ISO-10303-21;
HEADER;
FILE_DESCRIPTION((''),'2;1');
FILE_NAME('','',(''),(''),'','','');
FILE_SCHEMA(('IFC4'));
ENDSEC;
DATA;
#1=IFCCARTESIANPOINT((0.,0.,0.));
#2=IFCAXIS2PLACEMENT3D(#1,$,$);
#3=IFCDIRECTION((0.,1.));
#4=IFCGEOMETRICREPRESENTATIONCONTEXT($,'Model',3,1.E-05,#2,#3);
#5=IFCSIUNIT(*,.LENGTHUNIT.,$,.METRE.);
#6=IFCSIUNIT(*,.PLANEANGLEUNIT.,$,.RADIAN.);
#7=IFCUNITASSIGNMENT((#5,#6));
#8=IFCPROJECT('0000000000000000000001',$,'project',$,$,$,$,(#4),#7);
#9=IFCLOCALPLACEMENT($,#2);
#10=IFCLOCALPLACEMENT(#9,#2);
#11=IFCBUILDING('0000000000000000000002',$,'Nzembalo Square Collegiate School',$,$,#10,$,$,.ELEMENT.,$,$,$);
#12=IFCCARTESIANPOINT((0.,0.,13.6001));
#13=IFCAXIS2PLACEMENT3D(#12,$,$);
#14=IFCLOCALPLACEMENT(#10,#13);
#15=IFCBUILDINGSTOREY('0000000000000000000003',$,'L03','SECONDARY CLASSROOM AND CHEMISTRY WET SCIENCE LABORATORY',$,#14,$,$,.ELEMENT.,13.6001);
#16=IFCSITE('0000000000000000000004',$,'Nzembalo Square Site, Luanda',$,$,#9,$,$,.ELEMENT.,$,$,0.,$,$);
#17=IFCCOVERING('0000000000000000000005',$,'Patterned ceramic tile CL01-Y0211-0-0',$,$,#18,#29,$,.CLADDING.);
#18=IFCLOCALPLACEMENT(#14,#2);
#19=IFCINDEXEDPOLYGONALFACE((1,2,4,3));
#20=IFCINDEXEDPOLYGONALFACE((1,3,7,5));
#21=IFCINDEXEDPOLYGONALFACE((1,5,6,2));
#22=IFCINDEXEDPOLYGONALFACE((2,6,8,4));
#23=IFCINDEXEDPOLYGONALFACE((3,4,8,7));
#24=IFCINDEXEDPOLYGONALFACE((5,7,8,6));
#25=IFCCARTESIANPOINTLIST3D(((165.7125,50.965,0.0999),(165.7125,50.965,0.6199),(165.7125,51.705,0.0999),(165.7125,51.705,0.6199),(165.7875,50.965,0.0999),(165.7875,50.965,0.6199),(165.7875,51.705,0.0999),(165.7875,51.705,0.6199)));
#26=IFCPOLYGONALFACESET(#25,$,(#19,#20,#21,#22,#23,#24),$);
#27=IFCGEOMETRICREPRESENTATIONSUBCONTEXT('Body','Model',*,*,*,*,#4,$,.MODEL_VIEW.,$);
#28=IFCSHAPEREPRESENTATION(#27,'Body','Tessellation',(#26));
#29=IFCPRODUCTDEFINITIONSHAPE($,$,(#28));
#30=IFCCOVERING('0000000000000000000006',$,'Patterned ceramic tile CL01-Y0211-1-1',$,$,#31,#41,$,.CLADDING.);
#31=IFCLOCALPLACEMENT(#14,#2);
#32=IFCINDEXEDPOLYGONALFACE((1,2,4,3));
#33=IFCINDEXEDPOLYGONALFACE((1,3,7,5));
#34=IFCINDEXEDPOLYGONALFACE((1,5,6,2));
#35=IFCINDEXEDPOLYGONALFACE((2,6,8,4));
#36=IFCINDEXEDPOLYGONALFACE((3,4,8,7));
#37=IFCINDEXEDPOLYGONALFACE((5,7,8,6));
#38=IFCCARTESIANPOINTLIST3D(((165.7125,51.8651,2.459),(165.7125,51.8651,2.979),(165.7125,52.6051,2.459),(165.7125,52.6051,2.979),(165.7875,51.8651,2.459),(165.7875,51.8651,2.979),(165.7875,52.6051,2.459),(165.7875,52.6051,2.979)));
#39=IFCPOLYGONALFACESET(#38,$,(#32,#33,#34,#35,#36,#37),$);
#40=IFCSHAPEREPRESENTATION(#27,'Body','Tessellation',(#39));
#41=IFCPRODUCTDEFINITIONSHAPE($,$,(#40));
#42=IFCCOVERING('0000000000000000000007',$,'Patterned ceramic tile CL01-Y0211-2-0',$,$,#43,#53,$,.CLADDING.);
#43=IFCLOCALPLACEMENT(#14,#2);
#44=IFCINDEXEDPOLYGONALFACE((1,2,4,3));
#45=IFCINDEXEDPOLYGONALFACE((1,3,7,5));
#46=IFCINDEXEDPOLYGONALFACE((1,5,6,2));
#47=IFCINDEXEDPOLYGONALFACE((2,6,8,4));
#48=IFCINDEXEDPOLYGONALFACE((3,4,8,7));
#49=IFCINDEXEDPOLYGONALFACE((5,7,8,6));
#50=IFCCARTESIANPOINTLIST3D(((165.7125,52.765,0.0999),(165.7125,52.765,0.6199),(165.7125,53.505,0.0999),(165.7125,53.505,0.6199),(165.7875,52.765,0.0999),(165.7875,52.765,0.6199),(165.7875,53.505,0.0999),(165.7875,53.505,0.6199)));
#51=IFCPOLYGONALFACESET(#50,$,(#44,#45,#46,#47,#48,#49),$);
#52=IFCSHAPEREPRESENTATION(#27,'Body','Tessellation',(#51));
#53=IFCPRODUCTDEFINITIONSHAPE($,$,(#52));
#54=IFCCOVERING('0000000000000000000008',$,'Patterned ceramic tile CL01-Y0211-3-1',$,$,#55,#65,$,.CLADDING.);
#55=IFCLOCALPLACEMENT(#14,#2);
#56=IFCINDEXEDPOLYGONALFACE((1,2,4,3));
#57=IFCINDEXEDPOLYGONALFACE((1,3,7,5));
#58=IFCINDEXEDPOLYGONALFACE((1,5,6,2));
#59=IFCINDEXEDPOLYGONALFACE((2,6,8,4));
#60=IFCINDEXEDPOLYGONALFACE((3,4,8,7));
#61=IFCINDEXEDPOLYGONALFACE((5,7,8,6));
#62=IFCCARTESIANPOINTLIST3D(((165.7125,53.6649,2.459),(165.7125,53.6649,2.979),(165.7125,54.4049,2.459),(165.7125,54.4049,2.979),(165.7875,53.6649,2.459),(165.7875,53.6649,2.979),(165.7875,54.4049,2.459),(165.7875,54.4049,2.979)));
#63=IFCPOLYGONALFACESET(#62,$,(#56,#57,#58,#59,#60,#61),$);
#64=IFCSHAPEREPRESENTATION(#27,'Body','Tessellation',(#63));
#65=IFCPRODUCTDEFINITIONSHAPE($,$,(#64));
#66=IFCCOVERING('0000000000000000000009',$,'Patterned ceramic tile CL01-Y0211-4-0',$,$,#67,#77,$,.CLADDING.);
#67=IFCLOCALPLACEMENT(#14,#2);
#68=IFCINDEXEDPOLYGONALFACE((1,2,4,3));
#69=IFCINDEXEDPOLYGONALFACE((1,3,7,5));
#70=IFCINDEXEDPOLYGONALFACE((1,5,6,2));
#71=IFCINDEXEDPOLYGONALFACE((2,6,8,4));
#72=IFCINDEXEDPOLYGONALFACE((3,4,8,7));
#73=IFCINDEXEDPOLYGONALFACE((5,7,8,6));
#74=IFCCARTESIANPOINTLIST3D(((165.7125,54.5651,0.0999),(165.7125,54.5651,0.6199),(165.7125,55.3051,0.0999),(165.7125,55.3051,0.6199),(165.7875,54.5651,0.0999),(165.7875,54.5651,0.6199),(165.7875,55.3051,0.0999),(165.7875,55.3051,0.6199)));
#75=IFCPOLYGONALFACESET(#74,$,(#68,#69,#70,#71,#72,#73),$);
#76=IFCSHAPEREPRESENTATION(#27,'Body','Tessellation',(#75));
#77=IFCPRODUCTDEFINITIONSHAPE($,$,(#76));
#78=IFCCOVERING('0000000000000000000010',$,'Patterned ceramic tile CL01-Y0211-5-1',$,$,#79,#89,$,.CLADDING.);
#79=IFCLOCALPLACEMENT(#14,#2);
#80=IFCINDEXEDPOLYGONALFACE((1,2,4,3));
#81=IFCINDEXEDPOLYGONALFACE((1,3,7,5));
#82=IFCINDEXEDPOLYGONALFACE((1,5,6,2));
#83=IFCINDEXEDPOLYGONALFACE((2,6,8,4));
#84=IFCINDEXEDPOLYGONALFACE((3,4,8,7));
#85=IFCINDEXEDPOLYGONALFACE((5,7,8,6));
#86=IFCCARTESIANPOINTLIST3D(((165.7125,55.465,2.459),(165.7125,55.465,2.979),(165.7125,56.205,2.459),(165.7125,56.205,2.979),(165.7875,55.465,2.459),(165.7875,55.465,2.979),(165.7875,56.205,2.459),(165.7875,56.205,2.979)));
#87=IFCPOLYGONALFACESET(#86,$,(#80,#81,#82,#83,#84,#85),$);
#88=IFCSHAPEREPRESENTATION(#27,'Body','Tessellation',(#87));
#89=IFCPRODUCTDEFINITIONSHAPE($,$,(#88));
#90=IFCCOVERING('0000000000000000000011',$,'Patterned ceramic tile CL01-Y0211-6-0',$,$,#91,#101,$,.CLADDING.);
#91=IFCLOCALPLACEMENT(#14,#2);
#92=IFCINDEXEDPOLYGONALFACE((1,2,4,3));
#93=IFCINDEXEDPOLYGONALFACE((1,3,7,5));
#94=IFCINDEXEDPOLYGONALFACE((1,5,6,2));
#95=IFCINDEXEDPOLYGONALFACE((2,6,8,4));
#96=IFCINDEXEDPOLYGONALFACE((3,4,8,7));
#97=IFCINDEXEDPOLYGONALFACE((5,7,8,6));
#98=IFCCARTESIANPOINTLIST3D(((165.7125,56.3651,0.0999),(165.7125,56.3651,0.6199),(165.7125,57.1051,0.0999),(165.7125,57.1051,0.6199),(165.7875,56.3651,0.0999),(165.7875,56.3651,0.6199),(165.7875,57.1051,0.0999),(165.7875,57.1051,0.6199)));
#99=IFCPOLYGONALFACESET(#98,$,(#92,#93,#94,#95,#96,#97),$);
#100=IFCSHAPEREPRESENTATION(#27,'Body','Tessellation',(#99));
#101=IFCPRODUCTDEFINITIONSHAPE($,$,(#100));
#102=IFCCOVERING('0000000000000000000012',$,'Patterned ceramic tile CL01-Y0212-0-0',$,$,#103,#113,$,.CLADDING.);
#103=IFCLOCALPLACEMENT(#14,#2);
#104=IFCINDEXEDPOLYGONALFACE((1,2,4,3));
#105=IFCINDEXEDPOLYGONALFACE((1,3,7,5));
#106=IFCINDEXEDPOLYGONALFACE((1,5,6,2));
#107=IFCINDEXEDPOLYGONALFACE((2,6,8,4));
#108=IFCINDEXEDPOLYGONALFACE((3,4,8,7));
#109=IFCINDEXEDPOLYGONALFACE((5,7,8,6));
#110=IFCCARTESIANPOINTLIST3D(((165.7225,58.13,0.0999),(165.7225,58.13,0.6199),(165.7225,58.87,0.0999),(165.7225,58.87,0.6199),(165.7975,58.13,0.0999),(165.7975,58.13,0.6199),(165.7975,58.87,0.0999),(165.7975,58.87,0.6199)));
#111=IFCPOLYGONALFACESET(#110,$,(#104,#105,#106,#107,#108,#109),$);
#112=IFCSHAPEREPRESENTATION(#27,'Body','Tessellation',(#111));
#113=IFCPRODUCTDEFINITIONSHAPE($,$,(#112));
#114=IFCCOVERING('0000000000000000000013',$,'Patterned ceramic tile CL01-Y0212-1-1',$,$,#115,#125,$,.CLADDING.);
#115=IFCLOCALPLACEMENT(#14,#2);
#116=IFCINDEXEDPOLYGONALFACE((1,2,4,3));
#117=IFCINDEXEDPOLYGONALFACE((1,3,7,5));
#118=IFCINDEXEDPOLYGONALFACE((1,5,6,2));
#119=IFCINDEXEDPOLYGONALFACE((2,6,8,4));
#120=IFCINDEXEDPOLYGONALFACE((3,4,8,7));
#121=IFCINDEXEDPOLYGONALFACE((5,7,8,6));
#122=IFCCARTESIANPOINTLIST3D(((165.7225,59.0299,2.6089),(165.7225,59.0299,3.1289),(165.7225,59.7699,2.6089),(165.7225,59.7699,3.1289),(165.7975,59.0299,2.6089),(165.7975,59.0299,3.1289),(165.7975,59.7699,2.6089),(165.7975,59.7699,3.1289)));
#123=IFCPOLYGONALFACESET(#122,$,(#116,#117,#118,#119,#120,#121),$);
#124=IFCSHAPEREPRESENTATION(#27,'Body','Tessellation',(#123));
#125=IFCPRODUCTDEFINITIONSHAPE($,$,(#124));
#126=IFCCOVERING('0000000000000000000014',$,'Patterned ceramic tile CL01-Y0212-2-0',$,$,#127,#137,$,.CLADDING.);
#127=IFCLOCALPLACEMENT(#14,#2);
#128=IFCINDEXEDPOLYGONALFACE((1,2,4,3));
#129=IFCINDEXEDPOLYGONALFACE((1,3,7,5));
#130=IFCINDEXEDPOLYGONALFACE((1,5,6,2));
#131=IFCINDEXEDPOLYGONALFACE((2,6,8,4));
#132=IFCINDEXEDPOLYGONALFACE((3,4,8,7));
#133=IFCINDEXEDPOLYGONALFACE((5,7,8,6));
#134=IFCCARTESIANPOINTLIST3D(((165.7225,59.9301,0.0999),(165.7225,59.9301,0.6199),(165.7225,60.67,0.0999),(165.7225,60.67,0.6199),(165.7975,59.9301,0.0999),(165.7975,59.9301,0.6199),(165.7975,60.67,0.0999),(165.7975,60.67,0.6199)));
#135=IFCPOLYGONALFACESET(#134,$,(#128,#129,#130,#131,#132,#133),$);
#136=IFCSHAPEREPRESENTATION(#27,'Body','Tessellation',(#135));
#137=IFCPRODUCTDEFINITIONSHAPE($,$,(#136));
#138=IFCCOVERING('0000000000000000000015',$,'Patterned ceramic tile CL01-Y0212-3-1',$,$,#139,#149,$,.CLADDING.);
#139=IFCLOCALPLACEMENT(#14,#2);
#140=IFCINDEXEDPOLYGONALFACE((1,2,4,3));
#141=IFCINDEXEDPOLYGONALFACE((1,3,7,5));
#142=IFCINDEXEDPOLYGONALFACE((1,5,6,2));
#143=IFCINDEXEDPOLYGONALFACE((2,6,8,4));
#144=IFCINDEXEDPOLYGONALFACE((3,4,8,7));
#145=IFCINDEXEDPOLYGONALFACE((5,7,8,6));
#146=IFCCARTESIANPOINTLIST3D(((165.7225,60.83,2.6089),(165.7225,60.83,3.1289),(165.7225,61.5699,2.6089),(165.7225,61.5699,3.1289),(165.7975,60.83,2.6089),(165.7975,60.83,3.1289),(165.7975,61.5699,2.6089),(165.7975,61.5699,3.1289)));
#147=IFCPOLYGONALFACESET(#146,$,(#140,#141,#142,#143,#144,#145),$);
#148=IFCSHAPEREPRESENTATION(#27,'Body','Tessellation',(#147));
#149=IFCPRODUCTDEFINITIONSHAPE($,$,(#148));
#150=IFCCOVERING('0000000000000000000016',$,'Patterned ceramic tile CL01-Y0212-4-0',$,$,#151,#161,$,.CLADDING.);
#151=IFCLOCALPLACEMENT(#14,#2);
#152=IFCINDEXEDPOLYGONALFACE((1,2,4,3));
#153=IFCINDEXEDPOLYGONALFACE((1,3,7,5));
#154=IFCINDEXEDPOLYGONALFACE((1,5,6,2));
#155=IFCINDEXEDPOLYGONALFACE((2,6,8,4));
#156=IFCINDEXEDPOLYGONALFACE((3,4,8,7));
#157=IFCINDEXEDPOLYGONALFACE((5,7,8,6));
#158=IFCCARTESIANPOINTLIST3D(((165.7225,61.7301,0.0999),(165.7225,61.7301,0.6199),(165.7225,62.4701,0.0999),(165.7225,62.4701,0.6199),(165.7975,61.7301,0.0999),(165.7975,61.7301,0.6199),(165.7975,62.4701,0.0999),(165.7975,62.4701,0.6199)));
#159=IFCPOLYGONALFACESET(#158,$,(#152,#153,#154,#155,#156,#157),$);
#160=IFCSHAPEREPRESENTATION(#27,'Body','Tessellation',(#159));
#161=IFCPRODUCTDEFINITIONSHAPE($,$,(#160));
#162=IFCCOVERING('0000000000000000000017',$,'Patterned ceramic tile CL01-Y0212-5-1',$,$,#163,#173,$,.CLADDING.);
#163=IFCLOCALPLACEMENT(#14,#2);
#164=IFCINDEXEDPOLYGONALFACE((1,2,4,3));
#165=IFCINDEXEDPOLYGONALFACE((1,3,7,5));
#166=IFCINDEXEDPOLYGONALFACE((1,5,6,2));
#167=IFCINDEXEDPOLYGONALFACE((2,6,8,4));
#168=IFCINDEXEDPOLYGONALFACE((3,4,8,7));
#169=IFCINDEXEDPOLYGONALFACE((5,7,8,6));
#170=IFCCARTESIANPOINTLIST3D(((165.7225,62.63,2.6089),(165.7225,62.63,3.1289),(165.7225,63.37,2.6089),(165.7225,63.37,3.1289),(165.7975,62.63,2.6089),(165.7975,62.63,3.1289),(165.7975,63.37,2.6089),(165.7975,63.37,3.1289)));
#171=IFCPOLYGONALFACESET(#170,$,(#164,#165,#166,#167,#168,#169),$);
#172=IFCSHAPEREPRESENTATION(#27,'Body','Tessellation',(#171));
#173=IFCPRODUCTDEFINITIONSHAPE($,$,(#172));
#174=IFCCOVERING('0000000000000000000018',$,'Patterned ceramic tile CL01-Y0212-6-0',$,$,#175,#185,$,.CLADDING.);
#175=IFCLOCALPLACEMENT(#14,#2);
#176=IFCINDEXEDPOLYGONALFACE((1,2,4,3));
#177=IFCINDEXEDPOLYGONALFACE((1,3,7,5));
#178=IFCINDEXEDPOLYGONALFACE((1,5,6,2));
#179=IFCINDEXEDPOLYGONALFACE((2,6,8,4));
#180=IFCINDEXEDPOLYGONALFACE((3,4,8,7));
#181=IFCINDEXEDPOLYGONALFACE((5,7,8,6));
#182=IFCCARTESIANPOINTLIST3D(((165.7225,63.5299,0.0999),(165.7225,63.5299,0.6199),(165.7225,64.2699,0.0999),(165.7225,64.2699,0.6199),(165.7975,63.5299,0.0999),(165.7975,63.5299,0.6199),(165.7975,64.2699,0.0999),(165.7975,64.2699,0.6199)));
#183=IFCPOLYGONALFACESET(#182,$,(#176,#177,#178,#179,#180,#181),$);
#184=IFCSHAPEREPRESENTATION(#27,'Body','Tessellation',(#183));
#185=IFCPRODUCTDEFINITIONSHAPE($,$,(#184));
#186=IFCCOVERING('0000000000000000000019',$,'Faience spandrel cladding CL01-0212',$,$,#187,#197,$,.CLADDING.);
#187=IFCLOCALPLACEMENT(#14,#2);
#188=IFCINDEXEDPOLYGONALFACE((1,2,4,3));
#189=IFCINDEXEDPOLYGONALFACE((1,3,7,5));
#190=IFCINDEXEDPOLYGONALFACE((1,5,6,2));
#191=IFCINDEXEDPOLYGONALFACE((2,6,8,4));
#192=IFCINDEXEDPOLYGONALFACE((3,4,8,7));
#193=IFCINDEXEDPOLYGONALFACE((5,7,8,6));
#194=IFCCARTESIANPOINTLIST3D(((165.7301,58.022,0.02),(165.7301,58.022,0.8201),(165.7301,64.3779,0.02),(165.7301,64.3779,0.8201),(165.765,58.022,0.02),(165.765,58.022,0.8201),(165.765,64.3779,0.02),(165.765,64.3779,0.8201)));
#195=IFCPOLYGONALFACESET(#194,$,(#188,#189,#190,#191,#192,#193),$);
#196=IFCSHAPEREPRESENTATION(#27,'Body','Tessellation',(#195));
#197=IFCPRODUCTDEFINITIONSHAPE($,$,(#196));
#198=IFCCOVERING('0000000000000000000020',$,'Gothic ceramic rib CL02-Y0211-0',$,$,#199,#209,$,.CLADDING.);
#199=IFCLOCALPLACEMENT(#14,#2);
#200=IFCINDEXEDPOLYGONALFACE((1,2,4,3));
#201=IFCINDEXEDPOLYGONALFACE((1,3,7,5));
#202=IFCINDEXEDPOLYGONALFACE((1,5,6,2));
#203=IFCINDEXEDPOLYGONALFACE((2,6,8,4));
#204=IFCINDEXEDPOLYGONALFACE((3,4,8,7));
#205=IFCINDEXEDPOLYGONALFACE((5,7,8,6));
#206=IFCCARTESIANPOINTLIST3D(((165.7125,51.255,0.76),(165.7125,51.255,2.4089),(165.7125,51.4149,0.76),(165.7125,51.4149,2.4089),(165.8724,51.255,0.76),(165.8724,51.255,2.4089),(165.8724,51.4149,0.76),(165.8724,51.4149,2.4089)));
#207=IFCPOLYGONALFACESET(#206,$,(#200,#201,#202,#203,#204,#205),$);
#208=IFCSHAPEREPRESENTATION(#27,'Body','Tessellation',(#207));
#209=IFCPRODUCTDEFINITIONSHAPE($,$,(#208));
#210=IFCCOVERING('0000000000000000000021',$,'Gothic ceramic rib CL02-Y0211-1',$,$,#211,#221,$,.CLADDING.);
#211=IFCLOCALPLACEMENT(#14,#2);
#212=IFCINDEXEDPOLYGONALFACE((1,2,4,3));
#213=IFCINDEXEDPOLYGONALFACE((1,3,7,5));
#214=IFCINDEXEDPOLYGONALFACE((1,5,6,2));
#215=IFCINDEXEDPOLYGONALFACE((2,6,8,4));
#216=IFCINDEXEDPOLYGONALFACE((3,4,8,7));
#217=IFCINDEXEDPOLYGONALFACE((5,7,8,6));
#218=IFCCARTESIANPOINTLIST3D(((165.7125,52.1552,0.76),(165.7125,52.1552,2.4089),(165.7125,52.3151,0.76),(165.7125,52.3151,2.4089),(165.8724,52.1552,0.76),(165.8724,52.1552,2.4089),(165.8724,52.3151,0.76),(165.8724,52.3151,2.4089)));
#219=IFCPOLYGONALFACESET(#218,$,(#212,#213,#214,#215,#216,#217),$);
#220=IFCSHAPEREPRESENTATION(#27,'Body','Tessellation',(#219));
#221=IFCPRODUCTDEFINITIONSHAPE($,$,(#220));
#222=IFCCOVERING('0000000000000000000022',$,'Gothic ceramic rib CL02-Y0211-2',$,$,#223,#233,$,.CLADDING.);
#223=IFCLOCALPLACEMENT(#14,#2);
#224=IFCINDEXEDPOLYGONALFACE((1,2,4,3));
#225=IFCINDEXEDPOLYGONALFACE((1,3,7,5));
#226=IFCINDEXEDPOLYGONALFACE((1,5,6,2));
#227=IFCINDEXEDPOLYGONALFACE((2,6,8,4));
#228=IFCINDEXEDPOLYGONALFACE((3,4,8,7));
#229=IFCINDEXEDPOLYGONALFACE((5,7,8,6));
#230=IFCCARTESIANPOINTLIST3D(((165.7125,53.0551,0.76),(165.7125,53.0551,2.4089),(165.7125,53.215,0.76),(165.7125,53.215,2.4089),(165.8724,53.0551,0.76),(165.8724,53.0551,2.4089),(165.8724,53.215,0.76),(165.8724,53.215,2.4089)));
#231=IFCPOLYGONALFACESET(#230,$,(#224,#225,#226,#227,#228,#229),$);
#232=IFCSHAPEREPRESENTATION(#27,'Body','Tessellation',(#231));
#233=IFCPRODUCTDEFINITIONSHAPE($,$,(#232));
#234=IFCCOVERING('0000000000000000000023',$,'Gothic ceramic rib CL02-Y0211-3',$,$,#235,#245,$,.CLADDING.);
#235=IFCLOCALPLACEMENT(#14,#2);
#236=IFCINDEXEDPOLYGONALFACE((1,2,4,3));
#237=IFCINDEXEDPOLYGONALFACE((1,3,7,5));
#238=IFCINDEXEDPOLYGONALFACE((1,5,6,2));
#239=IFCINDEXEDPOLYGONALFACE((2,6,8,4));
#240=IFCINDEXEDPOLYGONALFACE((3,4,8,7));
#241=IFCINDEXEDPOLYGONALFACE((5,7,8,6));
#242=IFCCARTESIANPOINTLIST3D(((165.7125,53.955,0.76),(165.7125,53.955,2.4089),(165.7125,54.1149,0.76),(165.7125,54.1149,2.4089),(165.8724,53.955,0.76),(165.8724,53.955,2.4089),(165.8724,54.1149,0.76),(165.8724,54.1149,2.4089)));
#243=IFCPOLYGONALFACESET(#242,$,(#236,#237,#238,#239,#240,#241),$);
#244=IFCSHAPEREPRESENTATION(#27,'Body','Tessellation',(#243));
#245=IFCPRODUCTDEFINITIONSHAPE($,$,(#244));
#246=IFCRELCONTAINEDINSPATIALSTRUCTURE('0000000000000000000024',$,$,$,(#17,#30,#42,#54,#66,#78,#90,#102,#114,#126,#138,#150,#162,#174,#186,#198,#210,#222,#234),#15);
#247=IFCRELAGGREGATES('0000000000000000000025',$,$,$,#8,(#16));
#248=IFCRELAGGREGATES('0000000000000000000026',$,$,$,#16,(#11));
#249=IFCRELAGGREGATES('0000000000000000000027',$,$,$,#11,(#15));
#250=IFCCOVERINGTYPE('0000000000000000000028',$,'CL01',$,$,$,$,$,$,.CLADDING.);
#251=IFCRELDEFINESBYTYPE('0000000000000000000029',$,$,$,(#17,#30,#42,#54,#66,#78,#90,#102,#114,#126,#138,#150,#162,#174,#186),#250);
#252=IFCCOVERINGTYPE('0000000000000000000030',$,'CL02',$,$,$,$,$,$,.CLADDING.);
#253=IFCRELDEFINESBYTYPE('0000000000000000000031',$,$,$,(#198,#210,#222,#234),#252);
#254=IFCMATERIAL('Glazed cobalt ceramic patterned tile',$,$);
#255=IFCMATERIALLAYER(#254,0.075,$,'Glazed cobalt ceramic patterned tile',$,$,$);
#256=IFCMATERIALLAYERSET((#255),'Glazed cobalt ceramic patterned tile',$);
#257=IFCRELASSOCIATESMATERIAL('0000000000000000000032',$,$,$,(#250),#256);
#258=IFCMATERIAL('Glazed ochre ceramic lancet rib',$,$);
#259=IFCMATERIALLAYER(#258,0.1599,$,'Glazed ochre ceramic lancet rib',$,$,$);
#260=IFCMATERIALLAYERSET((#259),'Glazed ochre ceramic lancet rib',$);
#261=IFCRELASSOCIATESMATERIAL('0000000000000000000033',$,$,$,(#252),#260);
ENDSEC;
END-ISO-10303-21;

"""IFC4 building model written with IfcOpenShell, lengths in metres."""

from ifc_helpers import new_model, si_unit, direction, frame, origin, origin_2d, place, context, subcontext, project, spatial, rectangle, extrude, material, layer, layer_set, type_object, element, save


model = new_model("IFC4")

# Units and contexts
model_context = context("Model", 3, precision=1e-05, world=origin(), true_north=direction((0.0, 1.0)))
body_context = subcontext(model_context, "Body", "Model", "MODEL_VIEW")
ifc_project = project(units=[si_unit("LENGTHUNIT", "METRE"), si_unit("PLANEANGLEUNIT", "RADIAN")], contexts=[model_context])

# Site, building, storey
site_placement = place(None, origin())
site = spatial("IfcSite", under=ifc_project, at=site_placement, Name="Nzembalo Square Site, Luanda", CompositionType="ELEMENT", RefElevation=0.0)
building_placement = place(site_placement, origin())
building = spatial("IfcBuilding", under=site, at=building_placement, Name="Nzembalo Square Collegiate School", CompositionType="ELEMENT")
storey_placement = place(building_placement, frame((0.0, 0.0, 13.6001)))
storey = spatial("IfcBuildingStorey", under=building, at=storey_placement, Name="L03", Description="SECONDARY CLASSROOM AND CHEMISTRY WET SCIENCE LABORATORY", CompositionType="ELEMENT", Elevation=13.6001)

# Coverings
ifc_material_1 = material(Name="Glazed cobalt ceramic patterned tile")
ifc_layer_1 = layer(ifc_material_1, 0.075, Name="Glazed cobalt ceramic patterned tile")
ifc_layer_set_1 = layer_set([ifc_layer_1], Name="Glazed cobalt ceramic patterned tile")
covering_type_1 = type_object("IfcCoveringType", Name="CL01", PredefinedType="CLADDING", material=ifc_layer_set_1)
for number, where, z_axis, x_axis, name in (
    (1, (165.75, 51.335, 0.0999), (0.0, 0.0, 1.0), (1.0, 0.0, 0.0), "Patterned ceramic tile CL01-Y0211-0-0"),
    (2, (165.75, 52.2351, 2.459), (0.0, 0.0, 1.0), (1.0, 0.0, 0.0), "Patterned ceramic tile CL01-Y0211-1-1"),
    (3, (165.75, 53.135, 0.0999), (0.0, 0.0, 1.0), (1.0, 0.0, 0.0), "Patterned ceramic tile CL01-Y0211-2-0"),
    (4, (165.75, 54.0349, 2.459), (0.0, 0.0, 1.0), (1.0, 0.0, 0.0), "Patterned ceramic tile CL01-Y0211-3-1"),
    (5, (165.75, 54.9351, 0.0999), (0.0, 0.0, 1.0), (1.0, 0.0, 0.0), "Patterned ceramic tile CL01-Y0211-4-0"),
    (6, (165.75, 55.835, 2.459), (0.0, 0.0, 1.0), (1.0, 0.0, 0.0), "Patterned ceramic tile CL01-Y0211-5-1"),
    (7, (165.75, 56.7351, 0.0999), (0.0, 0.0, 1.0), (1.0, 0.0, 0.0), "Patterned ceramic tile CL01-Y0211-6-0"),
    (8, (165.76, 58.5, 0.0999), (0.0, 0.0, 1.0), (1.0, 0.0, 0.0), "Patterned ceramic tile CL01-Y0212-0-0"),
    (9, (165.76, 59.3999, 2.6089), (0.0, 0.0, 1.0), (1.0, 0.0, 0.0), "Patterned ceramic tile CL01-Y0212-1-1"),
    (10, (165.76, 60.3, 0.0999), (0.0, 0.0, 1.0), (1.0, 0.0, 0.0), "Patterned ceramic tile CL01-Y0212-2-0"),
    (11, (165.76, 61.2, 2.6089), (0.0, 0.0, 1.0), (1.0, 0.0, 0.0), "Patterned ceramic tile CL01-Y0212-3-1"),
    (12, (165.76, 62.1001, 0.0999), (0.0, 0.0, 1.0), (1.0, 0.0, 0.0), "Patterned ceramic tile CL01-Y0212-4-0"),
    (13, (165.76, 63.0, 2.6089), (0.0, 0.0, 1.0), (1.0, 0.0, 0.0), "Patterned ceramic tile CL01-Y0212-5-1"),
    (14, (165.76, 63.8999, 0.0999), (0.0, 0.0, 1.0), (1.0, 0.0, 0.0), "Patterned ceramic tile CL01-Y0212-6-0"),
):
    element("IfcCovering", number, at=place(storey_placement, frame(where, z_axis=z_axis, x_axis=x_axis)), inside=storey, type_object=covering_type_1, Name=name, PredefinedType="CLADDING", context=body_context, shape_type="SweptSolid", body=[
        extrude(rectangle(XDim=0.075, YDim=0.74, at=origin_2d()), origin(), (0.0, 0.0, 1.0), 0.52),
    ])
covering_placement = place(storey_placement, frame((165.7476, 61.2, 0.02), z_axis=(0.0, 0.0, 1.0), x_axis=(1.0, 0.0, 0.0)))
element("IfcCovering", 15, at=covering_placement, inside=storey, type_object=covering_type_1, Name="Faience spandrel cladding CL01-0212", PredefinedType="CLADDING", context=body_context, shape_type="SweptSolid", body=[
    extrude(rectangle(XDim=0.0349, YDim=6.356, at=origin_2d()), origin(), (0.0, 0.0, 1.0), 0.8),
])
ifc_material_2 = material(Name="Glazed ochre ceramic lancet rib")
ifc_layer_2 = layer(ifc_material_2, 0.1599, Name="Glazed ochre ceramic lancet rib")
ifc_layer_set_2 = layer_set([ifc_layer_2], Name="Glazed ochre ceramic lancet rib")
covering_type_2 = type_object("IfcCoveringType", Name="CL02", PredefinedType="CLADDING", material=ifc_layer_set_2)
for number, where, z_axis, x_axis, name in (
    (16, (165.7925, 51.335, 0.76), (0.0, 0.0, 1.0), (1.0, 0.0, 0.0), "Gothic ceramic rib CL02-Y0211-0"),
    (17, (165.7925, 52.2351, 0.76), (0.0, 0.0, 1.0), (1.0, 0.0, 0.0), "Gothic ceramic rib CL02-Y0211-1"),
    (18, (165.7925, 53.135, 0.76), (0.0, 0.0, 1.0), (1.0, 0.0, 0.0), "Gothic ceramic rib CL02-Y0211-2"),
    (19, (165.7925, 54.0349, 0.76), (0.0, 0.0, 1.0), (1.0, 0.0, 0.0), "Gothic ceramic rib CL02-Y0211-3"),
):
    element("IfcCovering", number, at=place(storey_placement, frame(where, z_axis=z_axis, x_axis=x_axis)), inside=storey, type_object=covering_type_2, Name=name, PredefinedType="CLADDING", context=body_context, shape_type="SweptSolid", body=[
        extrude(rectangle(XDim=0.1599, YDim=0.1599, at=origin_2d()), origin(), (0.0, 0.0, 1.0), 1.6489),
    ])

save(model, "model.ifc")
